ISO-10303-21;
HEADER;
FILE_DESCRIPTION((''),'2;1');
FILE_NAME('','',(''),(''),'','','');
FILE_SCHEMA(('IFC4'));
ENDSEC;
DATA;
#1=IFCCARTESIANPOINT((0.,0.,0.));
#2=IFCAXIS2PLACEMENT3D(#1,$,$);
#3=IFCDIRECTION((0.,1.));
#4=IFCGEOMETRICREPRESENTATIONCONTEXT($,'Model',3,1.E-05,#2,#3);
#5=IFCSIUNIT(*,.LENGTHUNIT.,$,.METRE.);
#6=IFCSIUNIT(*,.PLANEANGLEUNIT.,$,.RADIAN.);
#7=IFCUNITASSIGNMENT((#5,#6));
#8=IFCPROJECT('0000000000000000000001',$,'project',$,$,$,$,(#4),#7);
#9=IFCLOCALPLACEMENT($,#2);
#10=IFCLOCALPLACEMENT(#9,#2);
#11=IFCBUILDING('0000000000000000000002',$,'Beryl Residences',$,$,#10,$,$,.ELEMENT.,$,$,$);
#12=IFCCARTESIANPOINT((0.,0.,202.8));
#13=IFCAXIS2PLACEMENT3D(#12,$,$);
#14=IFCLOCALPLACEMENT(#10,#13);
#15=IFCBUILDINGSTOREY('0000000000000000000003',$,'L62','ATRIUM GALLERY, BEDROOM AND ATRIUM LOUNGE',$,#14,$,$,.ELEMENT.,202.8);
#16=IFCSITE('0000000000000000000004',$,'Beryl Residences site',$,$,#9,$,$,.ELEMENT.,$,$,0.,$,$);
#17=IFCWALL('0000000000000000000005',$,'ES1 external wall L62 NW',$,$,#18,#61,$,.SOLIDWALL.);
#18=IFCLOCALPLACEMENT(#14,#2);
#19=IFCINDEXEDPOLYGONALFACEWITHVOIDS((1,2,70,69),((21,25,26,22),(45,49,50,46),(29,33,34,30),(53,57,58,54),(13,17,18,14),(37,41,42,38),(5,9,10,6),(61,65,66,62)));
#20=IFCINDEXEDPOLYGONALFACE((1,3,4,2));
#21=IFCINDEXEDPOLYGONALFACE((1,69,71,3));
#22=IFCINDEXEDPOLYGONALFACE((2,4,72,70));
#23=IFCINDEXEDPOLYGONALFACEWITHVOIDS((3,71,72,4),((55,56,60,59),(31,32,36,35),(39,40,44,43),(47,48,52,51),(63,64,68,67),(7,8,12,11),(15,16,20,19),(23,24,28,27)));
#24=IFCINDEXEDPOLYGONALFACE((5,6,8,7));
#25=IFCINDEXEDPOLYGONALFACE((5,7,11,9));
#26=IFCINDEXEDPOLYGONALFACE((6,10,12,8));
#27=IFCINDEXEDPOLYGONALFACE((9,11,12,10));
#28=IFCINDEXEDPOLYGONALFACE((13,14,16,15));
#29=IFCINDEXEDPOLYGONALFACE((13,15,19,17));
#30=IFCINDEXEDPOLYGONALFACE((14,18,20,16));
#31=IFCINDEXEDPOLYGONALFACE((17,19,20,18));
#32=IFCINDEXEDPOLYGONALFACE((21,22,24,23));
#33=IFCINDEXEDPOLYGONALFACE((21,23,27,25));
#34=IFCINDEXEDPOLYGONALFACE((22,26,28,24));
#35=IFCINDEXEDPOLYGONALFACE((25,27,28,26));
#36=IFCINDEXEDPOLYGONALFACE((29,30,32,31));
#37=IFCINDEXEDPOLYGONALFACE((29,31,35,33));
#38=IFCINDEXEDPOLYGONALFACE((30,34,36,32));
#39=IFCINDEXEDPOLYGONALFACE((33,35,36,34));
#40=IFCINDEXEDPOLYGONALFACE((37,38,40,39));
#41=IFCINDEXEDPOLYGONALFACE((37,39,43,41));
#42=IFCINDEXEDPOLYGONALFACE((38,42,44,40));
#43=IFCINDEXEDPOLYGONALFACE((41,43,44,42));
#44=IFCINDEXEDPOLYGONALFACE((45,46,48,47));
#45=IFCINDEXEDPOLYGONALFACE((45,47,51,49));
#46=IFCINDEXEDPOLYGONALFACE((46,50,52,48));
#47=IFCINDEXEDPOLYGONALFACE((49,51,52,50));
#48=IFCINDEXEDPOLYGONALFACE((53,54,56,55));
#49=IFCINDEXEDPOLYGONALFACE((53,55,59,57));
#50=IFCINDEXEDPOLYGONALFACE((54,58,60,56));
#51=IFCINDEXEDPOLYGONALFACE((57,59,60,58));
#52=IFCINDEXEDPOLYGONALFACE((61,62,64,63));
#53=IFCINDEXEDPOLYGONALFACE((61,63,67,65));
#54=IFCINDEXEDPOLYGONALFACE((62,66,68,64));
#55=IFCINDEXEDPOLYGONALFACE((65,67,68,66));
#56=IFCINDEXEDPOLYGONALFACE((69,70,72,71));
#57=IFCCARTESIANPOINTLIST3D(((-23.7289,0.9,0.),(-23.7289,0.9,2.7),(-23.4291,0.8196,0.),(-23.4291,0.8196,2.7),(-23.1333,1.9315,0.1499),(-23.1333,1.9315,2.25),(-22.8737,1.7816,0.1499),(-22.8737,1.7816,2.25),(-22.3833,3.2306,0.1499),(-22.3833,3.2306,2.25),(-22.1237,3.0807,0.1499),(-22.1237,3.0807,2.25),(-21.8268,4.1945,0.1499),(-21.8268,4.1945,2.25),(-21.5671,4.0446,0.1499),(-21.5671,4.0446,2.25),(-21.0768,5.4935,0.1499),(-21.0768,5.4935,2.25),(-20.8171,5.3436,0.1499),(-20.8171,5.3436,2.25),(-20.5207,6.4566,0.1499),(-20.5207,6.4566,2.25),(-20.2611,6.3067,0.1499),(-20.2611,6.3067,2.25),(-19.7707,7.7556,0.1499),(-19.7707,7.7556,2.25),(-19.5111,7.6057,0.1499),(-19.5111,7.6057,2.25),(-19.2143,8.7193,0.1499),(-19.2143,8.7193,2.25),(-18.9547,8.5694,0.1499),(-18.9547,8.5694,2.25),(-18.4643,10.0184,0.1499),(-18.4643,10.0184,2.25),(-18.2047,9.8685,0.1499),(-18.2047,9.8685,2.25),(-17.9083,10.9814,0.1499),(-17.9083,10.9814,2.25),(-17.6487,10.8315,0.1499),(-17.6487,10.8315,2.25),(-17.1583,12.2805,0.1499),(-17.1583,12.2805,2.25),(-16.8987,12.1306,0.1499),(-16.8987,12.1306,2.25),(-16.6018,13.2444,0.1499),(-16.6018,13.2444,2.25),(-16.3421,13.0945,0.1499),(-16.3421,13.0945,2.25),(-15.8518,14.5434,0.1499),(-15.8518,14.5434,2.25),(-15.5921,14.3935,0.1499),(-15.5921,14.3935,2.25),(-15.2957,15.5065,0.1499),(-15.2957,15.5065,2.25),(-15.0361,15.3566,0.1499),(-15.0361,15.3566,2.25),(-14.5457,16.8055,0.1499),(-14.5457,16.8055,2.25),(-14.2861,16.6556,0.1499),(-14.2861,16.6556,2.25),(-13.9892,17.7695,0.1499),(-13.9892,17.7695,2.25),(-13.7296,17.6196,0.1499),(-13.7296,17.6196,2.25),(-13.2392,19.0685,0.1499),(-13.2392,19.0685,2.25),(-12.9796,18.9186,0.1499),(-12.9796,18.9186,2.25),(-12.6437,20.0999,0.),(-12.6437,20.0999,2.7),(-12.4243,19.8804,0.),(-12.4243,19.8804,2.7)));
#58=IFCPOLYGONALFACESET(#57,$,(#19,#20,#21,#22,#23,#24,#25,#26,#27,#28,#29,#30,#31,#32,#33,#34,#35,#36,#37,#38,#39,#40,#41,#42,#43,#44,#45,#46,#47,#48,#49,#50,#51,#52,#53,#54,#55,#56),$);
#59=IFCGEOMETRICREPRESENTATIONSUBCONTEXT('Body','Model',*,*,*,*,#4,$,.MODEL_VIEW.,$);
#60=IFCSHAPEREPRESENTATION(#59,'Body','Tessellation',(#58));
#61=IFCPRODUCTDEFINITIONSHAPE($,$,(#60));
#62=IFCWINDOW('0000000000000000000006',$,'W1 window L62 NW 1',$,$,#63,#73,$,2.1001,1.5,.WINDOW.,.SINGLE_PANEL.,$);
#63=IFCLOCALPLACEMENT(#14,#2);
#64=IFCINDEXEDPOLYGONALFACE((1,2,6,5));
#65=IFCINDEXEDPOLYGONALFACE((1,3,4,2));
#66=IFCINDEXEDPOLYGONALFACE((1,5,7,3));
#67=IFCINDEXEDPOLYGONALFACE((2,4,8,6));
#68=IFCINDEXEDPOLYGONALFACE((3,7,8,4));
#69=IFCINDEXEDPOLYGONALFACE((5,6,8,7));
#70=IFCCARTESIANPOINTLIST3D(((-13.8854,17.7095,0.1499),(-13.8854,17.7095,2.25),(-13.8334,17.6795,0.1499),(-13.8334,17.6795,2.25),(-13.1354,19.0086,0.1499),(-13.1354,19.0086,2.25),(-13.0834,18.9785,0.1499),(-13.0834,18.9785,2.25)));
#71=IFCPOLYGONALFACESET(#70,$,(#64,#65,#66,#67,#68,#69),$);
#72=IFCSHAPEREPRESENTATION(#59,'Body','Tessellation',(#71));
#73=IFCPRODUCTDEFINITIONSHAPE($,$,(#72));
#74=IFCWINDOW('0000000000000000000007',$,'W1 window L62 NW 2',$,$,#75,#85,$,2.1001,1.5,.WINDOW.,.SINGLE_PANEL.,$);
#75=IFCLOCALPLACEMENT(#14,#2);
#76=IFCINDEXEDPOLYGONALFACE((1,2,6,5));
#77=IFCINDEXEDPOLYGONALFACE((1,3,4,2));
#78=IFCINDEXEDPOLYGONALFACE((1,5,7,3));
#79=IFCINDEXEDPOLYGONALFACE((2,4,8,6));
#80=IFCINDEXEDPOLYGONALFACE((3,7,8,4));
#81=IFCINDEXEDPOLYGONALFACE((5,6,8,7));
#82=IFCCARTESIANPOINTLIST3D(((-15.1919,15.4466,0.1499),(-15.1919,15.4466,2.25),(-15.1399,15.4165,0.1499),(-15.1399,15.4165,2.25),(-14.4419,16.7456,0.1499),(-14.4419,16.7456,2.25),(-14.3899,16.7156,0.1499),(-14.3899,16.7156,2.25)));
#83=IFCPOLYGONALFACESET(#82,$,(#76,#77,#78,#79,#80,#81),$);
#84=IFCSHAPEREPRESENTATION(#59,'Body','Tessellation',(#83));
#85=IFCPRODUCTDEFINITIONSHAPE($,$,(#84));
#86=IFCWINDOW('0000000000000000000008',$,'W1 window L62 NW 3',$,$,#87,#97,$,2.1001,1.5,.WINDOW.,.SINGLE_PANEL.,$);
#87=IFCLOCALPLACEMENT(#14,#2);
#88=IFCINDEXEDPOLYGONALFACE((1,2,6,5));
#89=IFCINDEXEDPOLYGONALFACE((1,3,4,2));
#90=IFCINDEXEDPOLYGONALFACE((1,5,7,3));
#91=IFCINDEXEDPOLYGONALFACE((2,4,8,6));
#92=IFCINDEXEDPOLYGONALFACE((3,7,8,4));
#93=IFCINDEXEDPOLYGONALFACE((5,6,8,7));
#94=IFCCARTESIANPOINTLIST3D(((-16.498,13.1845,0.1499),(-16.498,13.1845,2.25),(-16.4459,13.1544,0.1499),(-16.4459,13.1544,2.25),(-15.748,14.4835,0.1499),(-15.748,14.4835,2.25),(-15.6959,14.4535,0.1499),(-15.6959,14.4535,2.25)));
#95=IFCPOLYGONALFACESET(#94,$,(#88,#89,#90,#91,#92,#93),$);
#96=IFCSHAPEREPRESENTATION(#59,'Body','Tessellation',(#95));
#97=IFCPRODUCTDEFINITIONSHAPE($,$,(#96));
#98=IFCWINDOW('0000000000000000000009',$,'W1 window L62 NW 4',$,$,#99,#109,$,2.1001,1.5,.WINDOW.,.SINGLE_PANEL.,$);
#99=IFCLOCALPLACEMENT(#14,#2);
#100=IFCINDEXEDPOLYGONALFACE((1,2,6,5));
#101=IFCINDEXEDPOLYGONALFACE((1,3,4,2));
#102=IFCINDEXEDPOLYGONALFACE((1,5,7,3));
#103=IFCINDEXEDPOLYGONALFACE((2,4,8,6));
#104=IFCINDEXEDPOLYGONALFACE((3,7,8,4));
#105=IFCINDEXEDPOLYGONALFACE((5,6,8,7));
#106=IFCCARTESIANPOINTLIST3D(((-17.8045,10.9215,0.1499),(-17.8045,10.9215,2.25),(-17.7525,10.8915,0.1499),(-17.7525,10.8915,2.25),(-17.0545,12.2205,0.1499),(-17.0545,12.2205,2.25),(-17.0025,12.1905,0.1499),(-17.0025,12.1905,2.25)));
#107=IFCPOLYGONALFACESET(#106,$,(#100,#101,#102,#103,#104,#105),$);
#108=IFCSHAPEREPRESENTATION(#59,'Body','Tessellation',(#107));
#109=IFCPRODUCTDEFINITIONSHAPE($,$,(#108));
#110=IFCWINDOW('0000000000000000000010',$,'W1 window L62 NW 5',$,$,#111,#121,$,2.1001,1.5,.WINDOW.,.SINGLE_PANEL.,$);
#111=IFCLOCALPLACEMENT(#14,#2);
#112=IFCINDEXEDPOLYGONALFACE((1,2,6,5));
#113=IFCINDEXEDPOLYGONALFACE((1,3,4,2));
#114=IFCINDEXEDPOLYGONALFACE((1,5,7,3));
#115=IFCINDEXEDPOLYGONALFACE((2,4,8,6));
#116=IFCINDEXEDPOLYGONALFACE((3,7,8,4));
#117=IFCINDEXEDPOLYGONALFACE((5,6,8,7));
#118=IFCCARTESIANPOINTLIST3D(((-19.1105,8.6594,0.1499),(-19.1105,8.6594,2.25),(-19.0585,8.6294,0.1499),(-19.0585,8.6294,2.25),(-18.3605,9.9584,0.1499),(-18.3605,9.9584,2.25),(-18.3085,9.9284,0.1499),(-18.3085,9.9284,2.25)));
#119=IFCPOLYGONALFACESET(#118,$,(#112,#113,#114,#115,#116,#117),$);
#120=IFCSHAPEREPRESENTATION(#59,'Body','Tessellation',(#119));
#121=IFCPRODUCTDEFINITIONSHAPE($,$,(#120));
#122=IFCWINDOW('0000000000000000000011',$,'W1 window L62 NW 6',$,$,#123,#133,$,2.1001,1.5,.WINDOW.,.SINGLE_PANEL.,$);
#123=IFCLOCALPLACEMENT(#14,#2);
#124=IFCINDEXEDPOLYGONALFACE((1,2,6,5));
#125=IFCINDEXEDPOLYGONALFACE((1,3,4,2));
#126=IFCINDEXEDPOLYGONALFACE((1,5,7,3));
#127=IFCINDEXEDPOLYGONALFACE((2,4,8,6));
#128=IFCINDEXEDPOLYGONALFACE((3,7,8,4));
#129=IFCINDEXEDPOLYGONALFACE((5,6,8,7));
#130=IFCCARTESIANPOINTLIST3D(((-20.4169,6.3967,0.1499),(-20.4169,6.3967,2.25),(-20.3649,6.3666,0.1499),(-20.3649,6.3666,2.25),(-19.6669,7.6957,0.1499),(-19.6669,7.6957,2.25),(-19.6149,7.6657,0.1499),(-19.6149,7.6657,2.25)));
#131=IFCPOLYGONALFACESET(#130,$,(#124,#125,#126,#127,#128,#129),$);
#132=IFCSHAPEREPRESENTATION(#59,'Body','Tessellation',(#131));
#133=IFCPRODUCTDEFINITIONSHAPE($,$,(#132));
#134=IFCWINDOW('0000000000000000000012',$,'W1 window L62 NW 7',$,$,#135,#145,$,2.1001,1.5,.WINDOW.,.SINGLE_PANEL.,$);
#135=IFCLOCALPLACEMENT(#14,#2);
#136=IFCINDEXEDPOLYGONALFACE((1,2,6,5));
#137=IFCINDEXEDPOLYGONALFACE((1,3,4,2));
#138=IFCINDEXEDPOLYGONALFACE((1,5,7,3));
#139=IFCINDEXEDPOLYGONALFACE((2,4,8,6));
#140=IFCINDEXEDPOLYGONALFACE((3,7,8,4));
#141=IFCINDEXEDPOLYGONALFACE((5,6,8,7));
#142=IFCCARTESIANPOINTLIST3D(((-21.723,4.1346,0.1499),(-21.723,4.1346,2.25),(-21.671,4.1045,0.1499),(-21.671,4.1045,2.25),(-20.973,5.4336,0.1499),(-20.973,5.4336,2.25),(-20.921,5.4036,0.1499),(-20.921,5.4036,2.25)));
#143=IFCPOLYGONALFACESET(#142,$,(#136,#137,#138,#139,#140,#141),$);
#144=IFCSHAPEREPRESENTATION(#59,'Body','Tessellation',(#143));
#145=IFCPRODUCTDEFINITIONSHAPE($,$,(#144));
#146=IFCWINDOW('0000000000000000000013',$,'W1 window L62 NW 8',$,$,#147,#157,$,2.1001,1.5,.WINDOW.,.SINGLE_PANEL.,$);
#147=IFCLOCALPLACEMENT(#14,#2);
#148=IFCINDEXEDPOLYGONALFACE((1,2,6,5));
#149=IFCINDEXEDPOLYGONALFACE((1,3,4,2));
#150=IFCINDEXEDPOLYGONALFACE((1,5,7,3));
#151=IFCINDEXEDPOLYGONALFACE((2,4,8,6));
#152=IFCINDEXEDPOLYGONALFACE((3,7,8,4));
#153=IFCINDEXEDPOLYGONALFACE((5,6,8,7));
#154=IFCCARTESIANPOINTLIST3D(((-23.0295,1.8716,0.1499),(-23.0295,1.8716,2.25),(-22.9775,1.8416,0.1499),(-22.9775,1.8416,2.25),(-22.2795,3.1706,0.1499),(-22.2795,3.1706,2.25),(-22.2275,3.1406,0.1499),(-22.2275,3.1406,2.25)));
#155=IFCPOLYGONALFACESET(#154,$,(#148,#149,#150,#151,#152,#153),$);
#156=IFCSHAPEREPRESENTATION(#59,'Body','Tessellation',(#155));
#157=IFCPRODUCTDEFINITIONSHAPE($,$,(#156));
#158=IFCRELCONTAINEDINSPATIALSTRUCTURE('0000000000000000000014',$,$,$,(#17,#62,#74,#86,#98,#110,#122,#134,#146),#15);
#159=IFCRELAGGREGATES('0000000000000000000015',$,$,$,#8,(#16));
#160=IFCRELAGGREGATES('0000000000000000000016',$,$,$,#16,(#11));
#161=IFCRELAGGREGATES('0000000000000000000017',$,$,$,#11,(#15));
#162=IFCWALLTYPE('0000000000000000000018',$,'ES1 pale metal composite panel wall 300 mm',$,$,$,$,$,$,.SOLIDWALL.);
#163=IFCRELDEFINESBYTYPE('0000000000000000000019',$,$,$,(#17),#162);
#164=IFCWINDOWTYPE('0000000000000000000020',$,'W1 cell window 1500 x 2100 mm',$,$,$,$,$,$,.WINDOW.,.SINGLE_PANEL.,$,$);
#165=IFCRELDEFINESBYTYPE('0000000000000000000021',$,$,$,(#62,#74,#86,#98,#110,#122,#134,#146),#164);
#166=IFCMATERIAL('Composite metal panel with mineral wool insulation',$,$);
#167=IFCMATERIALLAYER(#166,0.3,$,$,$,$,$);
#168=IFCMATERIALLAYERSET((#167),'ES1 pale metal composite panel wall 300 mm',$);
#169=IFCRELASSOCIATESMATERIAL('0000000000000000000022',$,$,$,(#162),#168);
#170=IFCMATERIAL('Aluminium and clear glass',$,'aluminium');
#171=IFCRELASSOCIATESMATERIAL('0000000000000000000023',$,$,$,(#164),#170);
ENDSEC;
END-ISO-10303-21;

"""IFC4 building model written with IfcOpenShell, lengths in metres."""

from ifc_helpers import new_model, si_unit, direction, frame, frame_2d, origin, place, context, subcontext, project, spatial, polyline, rectangle, outline, extrude, material, layer, layer_set, type_object, element, fill, save


model = new_model("IFC4")

# Units and contexts
model_context = context("Model", 3, precision=1e-05, world=origin(), true_north=direction((0.0, 1.0)))
body_context = subcontext(model_context, "Body", "Model", "MODEL_VIEW")
ifc_project = project(units=[si_unit("LENGTHUNIT", "METRE"), si_unit("PLANEANGLEUNIT", "RADIAN")], contexts=[model_context])

# Site, building, storey
site_placement = place(None, origin())
site = spatial("IfcSite", under=ifc_project, at=site_placement, Name="Beryl Residences site", CompositionType="ELEMENT", RefElevation=0.0)
building_placement = place(site_placement, origin())
building = spatial("IfcBuilding", under=site, at=building_placement, Name="Beryl Residences", CompositionType="ELEMENT")
storey_placement = place(building_placement, frame((0.0, 0.0, 202.8)))
storey = spatial("IfcBuildingStorey", under=building, at=storey_placement, Name="L62", Description="ATRIUM GALLERY, BEDROOM AND ATRIUM LOUNGE", CompositionType="ELEMENT", Elevation=202.8)

# Wall, openings, windows
ifc_material_1 = material(Name="Composite metal panel with mineral wool insulation")
ifc_layer_1 = layer(ifc_material_1, 0.3)
ifc_layer_set_1 = layer_set([ifc_layer_1], Name="ES1 pale metal composite panel wall 300 mm")
wall_type_1 = type_object("IfcWallType", Name="ES1 pale metal composite panel wall 300 mm", PredefinedType="SOLIDWALL", material=ifc_layer_set_1)
wall_1_placement = place(storey_placement, frame((-12.5139, 20.0249, 0.0), z_axis=(0.0, 0.0, 1.0), x_axis=(-0.500004, -0.866023, 0.0)))
wall_1 = element("IfcWall", 1, at=wall_1_placement, inside=storey, type_object=wall_type_1, Name="ES1 external wall L62 NW", PredefinedType="SOLIDWALL", context=body_context, shape_type="SweptSolid", body=[
    extrude(outline(polyline([(0.0, -0.1499), (22.1702, -0.1499), (22.0898, 0.1499), (0.0803, 0.1499), (0.0, -0.1499)])), origin(), (0.0, 0.0, 1.0), 2.7),
])
opening_1_placement = place(wall_1_placement, frame((1.1909, 0.0, 0.1499)))
opening_1 = element("IfcOpeningElement", 2, at=opening_1_placement, cuts=wall_1, PredefinedType="OPENING", context=body_context, shape_type="SweptSolid", body=[
    extrude(rectangle(XDim=1.5, YDim=2.1001, at=frame_2d((0.75, 1.05))), frame((0.0, 0.1599, 0.0), z_axis=(0.0, -1.0, 0.0), x_axis=(1.0, 0.0, 0.0)), (0.0, 0.0, 1.0), 0.3201),
])
opening_2_placement = place(wall_1_placement, frame((3.804, 0.0, 0.1499)))
opening_2 = element("IfcOpeningElement", 3, at=opening_2_placement, cuts=wall_1, PredefinedType="OPENING", context=body_context, shape_type="SweptSolid", body=[
    extrude(rectangle(XDim=1.5, YDim=2.1001, at=frame_2d((0.75, 1.05))), frame((0.0, 0.1599, 0.0), z_axis=(0.0, -1.0, 0.0), x_axis=(1.0, 0.0, 0.0)), (0.0, 0.0, 1.0), 0.3201),
])
opening_3_placement = place(wall_1_placement, frame((6.416, 0.0, 0.1499)))
opening_3 = element("IfcOpeningElement", 4, at=opening_3_placement, cuts=wall_1, PredefinedType="OPENING", context=body_context, shape_type="SweptSolid", body=[
    extrude(rectangle(XDim=1.5, YDim=2.1001, at=frame_2d((0.75, 1.05))), frame((0.0, 0.1599, 0.0), z_axis=(0.0, -1.0, 0.0), x_axis=(1.0, 0.0, 0.0)), (0.0, 0.0, 1.0), 0.3201),
])
opening_4_placement = place(wall_1_placement, frame((9.0291, 0.0, 0.1499)))
opening_4 = element("IfcOpeningElement", 5, at=opening_4_placement, cuts=wall_1, PredefinedType="OPENING", context=body_context, shape_type="SweptSolid", body=[
    extrude(rectangle(XDim=1.5, YDim=2.1001, at=frame_2d((0.75, 1.05))), frame((0.0, 0.1599, 0.0), z_axis=(0.0, -1.0, 0.0), x_axis=(1.0, 0.0, 0.0)), (0.0, 0.0, 1.0), 0.3201),
])
opening_5_placement = place(wall_1_placement, frame((11.6411, 0.0, 0.1499)))
opening_5 = element("IfcOpeningElement", 6, at=opening_5_placement, cuts=wall_1, PredefinedType="OPENING", context=body_context, shape_type="SweptSolid", body=[
    extrude(rectangle(XDim=1.5, YDim=2.1001, at=frame_2d((0.75, 1.05))), frame((0.0, 0.1599, 0.0), z_axis=(0.0, -1.0, 0.0), x_axis=(1.0, 0.0, 0.0)), (0.0, 0.0, 1.0), 0.3201),
])
opening_6_placement = place(wall_1_placement, frame((14.2539, 0.0, 0.1499)))
opening_6 = element("IfcOpeningElement", 7, at=opening_6_placement, cuts=wall_1, PredefinedType="OPENING", context=body_context, shape_type="SweptSolid", body=[
    extrude(rectangle(XDim=1.5, YDim=2.1001, at=frame_2d((0.75, 1.05))), frame((0.0, 0.1599, 0.0), z_axis=(0.0, -1.0, 0.0), x_axis=(1.0, 0.0, 0.0)), (0.0, 0.0, 1.0), 0.3201),
])
opening_7_placement = place(wall_1_placement, frame((16.866, 0.0, 0.1499)))
opening_7 = element("IfcOpeningElement", 8, at=opening_7_placement, cuts=wall_1, PredefinedType="OPENING", context=body_context, shape_type="SweptSolid", body=[
    extrude(rectangle(XDim=1.5, YDim=2.1001, at=frame_2d((0.75, 1.05))), frame((0.0, 0.1599, 0.0), z_axis=(0.0, -1.0, 0.0), x_axis=(1.0, 0.0, 0.0)), (0.0, 0.0, 1.0), 0.3201),
])
opening_8_placement = place(wall_1_placement, frame((19.479, 0.0, 0.1499)))
opening_8 = element("IfcOpeningElement", 9, at=opening_8_placement, cuts=wall_1, PredefinedType="OPENING", context=body_context, shape_type="SweptSolid", body=[
    extrude(rectangle(XDim=1.5, YDim=2.1001, at=frame_2d((0.75, 1.05))), frame((0.0, 0.1599, 0.0), z_axis=(0.0, -1.0, 0.0), x_axis=(1.0, 0.0, 0.0)), (0.0, 0.0, 1.0), 0.3201),
])
ifc_material_2 = material(Name="Aluminium and clear glass", Category="aluminium")
window_type = type_object("IfcWindowType", Name="W1 cell window 1500 x 2100 mm", PartitioningType="SINGLE_PANEL", PredefinedType="WINDOW", material=ifc_material_2)
window_1_placement = place(opening_1_placement, origin())
window_1 = element("IfcWindow", 10, at=window_1_placement, inside=storey, type_object=window_type, Name="W1 window L62 NW 1", OverallHeight=2.1001, OverallWidth=1.5, PartitioningType="SINGLE_PANEL", PredefinedType="WINDOW", context=body_context, shape_type="SweptSolid", body=[
    extrude(rectangle(XDim=1.5, YDim=2.1001, at=frame_2d((0.75, 1.05))), frame((0.0, 0.03, 0.0), z_axis=(0.0, -1.0, 0.0), x_axis=(1.0, 0.0, 0.0)), (0.0, 0.0, 1.0), 0.0601),
])
fill(opening_1, window_1)
window_2_placement = place(opening_2_placement, origin())
window_2 = element("IfcWindow", 11, at=window_2_placement, inside=storey, type_object=window_type, Name="W1 window L62 NW 2", OverallHeight=2.1001, OverallWidth=1.5, PartitioningType="SINGLE_PANEL", PredefinedType="WINDOW", context=body_context, shape_type="SweptSolid", body=[
    extrude(rectangle(XDim=1.5, YDim=2.1001, at=frame_2d((0.75, 1.05))), frame((0.0, 0.03, 0.0), z_axis=(0.0, -1.0, 0.0), x_axis=(1.0, 0.0, 0.0)), (0.0, 0.0, 1.0), 0.0601),
])
fill(opening_2, window_2)
window_3_placement = place(opening_3_placement, origin())
window_3 = element("IfcWindow", 12, at=window_3_placement, inside=storey, type_object=window_type, Name="W1 window L62 NW 3", OverallHeight=2.1001, OverallWidth=1.5, PartitioningType="SINGLE_PANEL", PredefinedType="WINDOW", context=body_context, shape_type="SweptSolid", body=[
    extrude(rectangle(XDim=1.5, YDim=2.1001, at=frame_2d((0.75, 1.05))), frame((0.0, 0.03, 0.0), z_axis=(0.0, -1.0, 0.0), x_axis=(1.0, 0.0, 0.0)), (0.0, 0.0, 1.0), 0.0601),
])
fill(opening_3, window_3)
window_4_placement = place(opening_4_placement, origin())
window_4 = element("IfcWindow", 13, at=window_4_placement, inside=storey, type_object=window_type, Name="W1 window L62 NW 4", OverallHeight=2.1001, OverallWidth=1.5, PartitioningType="SINGLE_PANEL", PredefinedType="WINDOW", context=body_context, shape_type="SweptSolid", body=[
    extrude(rectangle(XDim=1.5, YDim=2.1001, at=frame_2d((0.75, 1.05))), frame((0.0, 0.03, 0.0), z_axis=(0.0, -1.0, 0.0), x_axis=(1.0, 0.0, 0.0)), (0.0, 0.0, 1.0), 0.0601),
])
fill(opening_4, window_4)
window_5_placement = place(opening_5_placement, origin())
window_5 = element("IfcWindow", 14, at=window_5_placement, inside=storey, type_object=window_type, Name="W1 window L62 NW 5", OverallHeight=2.1001, OverallWidth=1.5, PartitioningType="SINGLE_PANEL", PredefinedType="WINDOW", context=body_context, shape_type="SweptSolid", body=[
    extrude(rectangle(XDim=1.5, YDim=2.1001, at=frame_2d((0.75, 1.05))), frame((0.0, 0.03, 0.0), z_axis=(0.0, -1.0, 0.0), x_axis=(1.0, 0.0, 0.0)), (0.0, 0.0, 1.0), 0.0601),
])
fill(opening_5, window_5)
window_6_placement = place(opening_6_placement, origin())
window_6 = element("IfcWindow", 15, at=window_6_placement, inside=storey, type_object=window_type, Name="W1 window L62 NW 6", OverallHeight=2.1001, OverallWidth=1.5, PartitioningType="SINGLE_PANEL", PredefinedType="WINDOW", context=body_context, shape_type="SweptSolid", body=[
    extrude(rectangle(XDim=1.5, YDim=2.1001, at=frame_2d((0.75, 1.05))), frame((0.0, 0.03, 0.0), z_axis=(0.0, -1.0, 0.0), x_axis=(1.0, 0.0, 0.0)), (0.0, 0.0, 1.0), 0.0601),
])
fill(opening_6, window_6)
window_7_placement = place(opening_7_placement, origin())
window_7 = element("IfcWindow", 16, at=window_7_placement, inside=storey, type_object=window_type, Name="W1 window L62 NW 7", OverallHeight=2.1001, OverallWidth=1.5, PartitioningType="SINGLE_PANEL", PredefinedType="WINDOW", context=body_context, shape_type="SweptSolid", body=[
    extrude(rectangle(XDim=1.5, YDim=2.1001, at=frame_2d((0.75, 1.05))), frame((0.0, 0.03, 0.0), z_axis=(0.0, -1.0, 0.0), x_axis=(1.0, 0.0, 0.0)), (0.0, 0.0, 1.0), 0.0601),
])
fill(opening_7, window_7)
window_8_placement = place(opening_8_placement, origin())
window_8 = element("IfcWindow", 17, at=window_8_placement, inside=storey, type_object=window_type, Name="W1 window L62 NW 8", OverallHeight=2.1001, OverallWidth=1.5, PartitioningType="SINGLE_PANEL", PredefinedType="WINDOW", context=body_context, shape_type="SweptSolid", body=[
    extrude(rectangle(XDim=1.5, YDim=2.1001, at=frame_2d((0.75, 1.05))), frame((0.0, 0.03, 0.0), z_axis=(0.0, -1.0, 0.0), x_axis=(1.0, 0.0, 0.0)), (0.0, 0.0, 1.0), 0.0601),
])
fill(opening_8, window_8)

save(model, "model.ifc")
